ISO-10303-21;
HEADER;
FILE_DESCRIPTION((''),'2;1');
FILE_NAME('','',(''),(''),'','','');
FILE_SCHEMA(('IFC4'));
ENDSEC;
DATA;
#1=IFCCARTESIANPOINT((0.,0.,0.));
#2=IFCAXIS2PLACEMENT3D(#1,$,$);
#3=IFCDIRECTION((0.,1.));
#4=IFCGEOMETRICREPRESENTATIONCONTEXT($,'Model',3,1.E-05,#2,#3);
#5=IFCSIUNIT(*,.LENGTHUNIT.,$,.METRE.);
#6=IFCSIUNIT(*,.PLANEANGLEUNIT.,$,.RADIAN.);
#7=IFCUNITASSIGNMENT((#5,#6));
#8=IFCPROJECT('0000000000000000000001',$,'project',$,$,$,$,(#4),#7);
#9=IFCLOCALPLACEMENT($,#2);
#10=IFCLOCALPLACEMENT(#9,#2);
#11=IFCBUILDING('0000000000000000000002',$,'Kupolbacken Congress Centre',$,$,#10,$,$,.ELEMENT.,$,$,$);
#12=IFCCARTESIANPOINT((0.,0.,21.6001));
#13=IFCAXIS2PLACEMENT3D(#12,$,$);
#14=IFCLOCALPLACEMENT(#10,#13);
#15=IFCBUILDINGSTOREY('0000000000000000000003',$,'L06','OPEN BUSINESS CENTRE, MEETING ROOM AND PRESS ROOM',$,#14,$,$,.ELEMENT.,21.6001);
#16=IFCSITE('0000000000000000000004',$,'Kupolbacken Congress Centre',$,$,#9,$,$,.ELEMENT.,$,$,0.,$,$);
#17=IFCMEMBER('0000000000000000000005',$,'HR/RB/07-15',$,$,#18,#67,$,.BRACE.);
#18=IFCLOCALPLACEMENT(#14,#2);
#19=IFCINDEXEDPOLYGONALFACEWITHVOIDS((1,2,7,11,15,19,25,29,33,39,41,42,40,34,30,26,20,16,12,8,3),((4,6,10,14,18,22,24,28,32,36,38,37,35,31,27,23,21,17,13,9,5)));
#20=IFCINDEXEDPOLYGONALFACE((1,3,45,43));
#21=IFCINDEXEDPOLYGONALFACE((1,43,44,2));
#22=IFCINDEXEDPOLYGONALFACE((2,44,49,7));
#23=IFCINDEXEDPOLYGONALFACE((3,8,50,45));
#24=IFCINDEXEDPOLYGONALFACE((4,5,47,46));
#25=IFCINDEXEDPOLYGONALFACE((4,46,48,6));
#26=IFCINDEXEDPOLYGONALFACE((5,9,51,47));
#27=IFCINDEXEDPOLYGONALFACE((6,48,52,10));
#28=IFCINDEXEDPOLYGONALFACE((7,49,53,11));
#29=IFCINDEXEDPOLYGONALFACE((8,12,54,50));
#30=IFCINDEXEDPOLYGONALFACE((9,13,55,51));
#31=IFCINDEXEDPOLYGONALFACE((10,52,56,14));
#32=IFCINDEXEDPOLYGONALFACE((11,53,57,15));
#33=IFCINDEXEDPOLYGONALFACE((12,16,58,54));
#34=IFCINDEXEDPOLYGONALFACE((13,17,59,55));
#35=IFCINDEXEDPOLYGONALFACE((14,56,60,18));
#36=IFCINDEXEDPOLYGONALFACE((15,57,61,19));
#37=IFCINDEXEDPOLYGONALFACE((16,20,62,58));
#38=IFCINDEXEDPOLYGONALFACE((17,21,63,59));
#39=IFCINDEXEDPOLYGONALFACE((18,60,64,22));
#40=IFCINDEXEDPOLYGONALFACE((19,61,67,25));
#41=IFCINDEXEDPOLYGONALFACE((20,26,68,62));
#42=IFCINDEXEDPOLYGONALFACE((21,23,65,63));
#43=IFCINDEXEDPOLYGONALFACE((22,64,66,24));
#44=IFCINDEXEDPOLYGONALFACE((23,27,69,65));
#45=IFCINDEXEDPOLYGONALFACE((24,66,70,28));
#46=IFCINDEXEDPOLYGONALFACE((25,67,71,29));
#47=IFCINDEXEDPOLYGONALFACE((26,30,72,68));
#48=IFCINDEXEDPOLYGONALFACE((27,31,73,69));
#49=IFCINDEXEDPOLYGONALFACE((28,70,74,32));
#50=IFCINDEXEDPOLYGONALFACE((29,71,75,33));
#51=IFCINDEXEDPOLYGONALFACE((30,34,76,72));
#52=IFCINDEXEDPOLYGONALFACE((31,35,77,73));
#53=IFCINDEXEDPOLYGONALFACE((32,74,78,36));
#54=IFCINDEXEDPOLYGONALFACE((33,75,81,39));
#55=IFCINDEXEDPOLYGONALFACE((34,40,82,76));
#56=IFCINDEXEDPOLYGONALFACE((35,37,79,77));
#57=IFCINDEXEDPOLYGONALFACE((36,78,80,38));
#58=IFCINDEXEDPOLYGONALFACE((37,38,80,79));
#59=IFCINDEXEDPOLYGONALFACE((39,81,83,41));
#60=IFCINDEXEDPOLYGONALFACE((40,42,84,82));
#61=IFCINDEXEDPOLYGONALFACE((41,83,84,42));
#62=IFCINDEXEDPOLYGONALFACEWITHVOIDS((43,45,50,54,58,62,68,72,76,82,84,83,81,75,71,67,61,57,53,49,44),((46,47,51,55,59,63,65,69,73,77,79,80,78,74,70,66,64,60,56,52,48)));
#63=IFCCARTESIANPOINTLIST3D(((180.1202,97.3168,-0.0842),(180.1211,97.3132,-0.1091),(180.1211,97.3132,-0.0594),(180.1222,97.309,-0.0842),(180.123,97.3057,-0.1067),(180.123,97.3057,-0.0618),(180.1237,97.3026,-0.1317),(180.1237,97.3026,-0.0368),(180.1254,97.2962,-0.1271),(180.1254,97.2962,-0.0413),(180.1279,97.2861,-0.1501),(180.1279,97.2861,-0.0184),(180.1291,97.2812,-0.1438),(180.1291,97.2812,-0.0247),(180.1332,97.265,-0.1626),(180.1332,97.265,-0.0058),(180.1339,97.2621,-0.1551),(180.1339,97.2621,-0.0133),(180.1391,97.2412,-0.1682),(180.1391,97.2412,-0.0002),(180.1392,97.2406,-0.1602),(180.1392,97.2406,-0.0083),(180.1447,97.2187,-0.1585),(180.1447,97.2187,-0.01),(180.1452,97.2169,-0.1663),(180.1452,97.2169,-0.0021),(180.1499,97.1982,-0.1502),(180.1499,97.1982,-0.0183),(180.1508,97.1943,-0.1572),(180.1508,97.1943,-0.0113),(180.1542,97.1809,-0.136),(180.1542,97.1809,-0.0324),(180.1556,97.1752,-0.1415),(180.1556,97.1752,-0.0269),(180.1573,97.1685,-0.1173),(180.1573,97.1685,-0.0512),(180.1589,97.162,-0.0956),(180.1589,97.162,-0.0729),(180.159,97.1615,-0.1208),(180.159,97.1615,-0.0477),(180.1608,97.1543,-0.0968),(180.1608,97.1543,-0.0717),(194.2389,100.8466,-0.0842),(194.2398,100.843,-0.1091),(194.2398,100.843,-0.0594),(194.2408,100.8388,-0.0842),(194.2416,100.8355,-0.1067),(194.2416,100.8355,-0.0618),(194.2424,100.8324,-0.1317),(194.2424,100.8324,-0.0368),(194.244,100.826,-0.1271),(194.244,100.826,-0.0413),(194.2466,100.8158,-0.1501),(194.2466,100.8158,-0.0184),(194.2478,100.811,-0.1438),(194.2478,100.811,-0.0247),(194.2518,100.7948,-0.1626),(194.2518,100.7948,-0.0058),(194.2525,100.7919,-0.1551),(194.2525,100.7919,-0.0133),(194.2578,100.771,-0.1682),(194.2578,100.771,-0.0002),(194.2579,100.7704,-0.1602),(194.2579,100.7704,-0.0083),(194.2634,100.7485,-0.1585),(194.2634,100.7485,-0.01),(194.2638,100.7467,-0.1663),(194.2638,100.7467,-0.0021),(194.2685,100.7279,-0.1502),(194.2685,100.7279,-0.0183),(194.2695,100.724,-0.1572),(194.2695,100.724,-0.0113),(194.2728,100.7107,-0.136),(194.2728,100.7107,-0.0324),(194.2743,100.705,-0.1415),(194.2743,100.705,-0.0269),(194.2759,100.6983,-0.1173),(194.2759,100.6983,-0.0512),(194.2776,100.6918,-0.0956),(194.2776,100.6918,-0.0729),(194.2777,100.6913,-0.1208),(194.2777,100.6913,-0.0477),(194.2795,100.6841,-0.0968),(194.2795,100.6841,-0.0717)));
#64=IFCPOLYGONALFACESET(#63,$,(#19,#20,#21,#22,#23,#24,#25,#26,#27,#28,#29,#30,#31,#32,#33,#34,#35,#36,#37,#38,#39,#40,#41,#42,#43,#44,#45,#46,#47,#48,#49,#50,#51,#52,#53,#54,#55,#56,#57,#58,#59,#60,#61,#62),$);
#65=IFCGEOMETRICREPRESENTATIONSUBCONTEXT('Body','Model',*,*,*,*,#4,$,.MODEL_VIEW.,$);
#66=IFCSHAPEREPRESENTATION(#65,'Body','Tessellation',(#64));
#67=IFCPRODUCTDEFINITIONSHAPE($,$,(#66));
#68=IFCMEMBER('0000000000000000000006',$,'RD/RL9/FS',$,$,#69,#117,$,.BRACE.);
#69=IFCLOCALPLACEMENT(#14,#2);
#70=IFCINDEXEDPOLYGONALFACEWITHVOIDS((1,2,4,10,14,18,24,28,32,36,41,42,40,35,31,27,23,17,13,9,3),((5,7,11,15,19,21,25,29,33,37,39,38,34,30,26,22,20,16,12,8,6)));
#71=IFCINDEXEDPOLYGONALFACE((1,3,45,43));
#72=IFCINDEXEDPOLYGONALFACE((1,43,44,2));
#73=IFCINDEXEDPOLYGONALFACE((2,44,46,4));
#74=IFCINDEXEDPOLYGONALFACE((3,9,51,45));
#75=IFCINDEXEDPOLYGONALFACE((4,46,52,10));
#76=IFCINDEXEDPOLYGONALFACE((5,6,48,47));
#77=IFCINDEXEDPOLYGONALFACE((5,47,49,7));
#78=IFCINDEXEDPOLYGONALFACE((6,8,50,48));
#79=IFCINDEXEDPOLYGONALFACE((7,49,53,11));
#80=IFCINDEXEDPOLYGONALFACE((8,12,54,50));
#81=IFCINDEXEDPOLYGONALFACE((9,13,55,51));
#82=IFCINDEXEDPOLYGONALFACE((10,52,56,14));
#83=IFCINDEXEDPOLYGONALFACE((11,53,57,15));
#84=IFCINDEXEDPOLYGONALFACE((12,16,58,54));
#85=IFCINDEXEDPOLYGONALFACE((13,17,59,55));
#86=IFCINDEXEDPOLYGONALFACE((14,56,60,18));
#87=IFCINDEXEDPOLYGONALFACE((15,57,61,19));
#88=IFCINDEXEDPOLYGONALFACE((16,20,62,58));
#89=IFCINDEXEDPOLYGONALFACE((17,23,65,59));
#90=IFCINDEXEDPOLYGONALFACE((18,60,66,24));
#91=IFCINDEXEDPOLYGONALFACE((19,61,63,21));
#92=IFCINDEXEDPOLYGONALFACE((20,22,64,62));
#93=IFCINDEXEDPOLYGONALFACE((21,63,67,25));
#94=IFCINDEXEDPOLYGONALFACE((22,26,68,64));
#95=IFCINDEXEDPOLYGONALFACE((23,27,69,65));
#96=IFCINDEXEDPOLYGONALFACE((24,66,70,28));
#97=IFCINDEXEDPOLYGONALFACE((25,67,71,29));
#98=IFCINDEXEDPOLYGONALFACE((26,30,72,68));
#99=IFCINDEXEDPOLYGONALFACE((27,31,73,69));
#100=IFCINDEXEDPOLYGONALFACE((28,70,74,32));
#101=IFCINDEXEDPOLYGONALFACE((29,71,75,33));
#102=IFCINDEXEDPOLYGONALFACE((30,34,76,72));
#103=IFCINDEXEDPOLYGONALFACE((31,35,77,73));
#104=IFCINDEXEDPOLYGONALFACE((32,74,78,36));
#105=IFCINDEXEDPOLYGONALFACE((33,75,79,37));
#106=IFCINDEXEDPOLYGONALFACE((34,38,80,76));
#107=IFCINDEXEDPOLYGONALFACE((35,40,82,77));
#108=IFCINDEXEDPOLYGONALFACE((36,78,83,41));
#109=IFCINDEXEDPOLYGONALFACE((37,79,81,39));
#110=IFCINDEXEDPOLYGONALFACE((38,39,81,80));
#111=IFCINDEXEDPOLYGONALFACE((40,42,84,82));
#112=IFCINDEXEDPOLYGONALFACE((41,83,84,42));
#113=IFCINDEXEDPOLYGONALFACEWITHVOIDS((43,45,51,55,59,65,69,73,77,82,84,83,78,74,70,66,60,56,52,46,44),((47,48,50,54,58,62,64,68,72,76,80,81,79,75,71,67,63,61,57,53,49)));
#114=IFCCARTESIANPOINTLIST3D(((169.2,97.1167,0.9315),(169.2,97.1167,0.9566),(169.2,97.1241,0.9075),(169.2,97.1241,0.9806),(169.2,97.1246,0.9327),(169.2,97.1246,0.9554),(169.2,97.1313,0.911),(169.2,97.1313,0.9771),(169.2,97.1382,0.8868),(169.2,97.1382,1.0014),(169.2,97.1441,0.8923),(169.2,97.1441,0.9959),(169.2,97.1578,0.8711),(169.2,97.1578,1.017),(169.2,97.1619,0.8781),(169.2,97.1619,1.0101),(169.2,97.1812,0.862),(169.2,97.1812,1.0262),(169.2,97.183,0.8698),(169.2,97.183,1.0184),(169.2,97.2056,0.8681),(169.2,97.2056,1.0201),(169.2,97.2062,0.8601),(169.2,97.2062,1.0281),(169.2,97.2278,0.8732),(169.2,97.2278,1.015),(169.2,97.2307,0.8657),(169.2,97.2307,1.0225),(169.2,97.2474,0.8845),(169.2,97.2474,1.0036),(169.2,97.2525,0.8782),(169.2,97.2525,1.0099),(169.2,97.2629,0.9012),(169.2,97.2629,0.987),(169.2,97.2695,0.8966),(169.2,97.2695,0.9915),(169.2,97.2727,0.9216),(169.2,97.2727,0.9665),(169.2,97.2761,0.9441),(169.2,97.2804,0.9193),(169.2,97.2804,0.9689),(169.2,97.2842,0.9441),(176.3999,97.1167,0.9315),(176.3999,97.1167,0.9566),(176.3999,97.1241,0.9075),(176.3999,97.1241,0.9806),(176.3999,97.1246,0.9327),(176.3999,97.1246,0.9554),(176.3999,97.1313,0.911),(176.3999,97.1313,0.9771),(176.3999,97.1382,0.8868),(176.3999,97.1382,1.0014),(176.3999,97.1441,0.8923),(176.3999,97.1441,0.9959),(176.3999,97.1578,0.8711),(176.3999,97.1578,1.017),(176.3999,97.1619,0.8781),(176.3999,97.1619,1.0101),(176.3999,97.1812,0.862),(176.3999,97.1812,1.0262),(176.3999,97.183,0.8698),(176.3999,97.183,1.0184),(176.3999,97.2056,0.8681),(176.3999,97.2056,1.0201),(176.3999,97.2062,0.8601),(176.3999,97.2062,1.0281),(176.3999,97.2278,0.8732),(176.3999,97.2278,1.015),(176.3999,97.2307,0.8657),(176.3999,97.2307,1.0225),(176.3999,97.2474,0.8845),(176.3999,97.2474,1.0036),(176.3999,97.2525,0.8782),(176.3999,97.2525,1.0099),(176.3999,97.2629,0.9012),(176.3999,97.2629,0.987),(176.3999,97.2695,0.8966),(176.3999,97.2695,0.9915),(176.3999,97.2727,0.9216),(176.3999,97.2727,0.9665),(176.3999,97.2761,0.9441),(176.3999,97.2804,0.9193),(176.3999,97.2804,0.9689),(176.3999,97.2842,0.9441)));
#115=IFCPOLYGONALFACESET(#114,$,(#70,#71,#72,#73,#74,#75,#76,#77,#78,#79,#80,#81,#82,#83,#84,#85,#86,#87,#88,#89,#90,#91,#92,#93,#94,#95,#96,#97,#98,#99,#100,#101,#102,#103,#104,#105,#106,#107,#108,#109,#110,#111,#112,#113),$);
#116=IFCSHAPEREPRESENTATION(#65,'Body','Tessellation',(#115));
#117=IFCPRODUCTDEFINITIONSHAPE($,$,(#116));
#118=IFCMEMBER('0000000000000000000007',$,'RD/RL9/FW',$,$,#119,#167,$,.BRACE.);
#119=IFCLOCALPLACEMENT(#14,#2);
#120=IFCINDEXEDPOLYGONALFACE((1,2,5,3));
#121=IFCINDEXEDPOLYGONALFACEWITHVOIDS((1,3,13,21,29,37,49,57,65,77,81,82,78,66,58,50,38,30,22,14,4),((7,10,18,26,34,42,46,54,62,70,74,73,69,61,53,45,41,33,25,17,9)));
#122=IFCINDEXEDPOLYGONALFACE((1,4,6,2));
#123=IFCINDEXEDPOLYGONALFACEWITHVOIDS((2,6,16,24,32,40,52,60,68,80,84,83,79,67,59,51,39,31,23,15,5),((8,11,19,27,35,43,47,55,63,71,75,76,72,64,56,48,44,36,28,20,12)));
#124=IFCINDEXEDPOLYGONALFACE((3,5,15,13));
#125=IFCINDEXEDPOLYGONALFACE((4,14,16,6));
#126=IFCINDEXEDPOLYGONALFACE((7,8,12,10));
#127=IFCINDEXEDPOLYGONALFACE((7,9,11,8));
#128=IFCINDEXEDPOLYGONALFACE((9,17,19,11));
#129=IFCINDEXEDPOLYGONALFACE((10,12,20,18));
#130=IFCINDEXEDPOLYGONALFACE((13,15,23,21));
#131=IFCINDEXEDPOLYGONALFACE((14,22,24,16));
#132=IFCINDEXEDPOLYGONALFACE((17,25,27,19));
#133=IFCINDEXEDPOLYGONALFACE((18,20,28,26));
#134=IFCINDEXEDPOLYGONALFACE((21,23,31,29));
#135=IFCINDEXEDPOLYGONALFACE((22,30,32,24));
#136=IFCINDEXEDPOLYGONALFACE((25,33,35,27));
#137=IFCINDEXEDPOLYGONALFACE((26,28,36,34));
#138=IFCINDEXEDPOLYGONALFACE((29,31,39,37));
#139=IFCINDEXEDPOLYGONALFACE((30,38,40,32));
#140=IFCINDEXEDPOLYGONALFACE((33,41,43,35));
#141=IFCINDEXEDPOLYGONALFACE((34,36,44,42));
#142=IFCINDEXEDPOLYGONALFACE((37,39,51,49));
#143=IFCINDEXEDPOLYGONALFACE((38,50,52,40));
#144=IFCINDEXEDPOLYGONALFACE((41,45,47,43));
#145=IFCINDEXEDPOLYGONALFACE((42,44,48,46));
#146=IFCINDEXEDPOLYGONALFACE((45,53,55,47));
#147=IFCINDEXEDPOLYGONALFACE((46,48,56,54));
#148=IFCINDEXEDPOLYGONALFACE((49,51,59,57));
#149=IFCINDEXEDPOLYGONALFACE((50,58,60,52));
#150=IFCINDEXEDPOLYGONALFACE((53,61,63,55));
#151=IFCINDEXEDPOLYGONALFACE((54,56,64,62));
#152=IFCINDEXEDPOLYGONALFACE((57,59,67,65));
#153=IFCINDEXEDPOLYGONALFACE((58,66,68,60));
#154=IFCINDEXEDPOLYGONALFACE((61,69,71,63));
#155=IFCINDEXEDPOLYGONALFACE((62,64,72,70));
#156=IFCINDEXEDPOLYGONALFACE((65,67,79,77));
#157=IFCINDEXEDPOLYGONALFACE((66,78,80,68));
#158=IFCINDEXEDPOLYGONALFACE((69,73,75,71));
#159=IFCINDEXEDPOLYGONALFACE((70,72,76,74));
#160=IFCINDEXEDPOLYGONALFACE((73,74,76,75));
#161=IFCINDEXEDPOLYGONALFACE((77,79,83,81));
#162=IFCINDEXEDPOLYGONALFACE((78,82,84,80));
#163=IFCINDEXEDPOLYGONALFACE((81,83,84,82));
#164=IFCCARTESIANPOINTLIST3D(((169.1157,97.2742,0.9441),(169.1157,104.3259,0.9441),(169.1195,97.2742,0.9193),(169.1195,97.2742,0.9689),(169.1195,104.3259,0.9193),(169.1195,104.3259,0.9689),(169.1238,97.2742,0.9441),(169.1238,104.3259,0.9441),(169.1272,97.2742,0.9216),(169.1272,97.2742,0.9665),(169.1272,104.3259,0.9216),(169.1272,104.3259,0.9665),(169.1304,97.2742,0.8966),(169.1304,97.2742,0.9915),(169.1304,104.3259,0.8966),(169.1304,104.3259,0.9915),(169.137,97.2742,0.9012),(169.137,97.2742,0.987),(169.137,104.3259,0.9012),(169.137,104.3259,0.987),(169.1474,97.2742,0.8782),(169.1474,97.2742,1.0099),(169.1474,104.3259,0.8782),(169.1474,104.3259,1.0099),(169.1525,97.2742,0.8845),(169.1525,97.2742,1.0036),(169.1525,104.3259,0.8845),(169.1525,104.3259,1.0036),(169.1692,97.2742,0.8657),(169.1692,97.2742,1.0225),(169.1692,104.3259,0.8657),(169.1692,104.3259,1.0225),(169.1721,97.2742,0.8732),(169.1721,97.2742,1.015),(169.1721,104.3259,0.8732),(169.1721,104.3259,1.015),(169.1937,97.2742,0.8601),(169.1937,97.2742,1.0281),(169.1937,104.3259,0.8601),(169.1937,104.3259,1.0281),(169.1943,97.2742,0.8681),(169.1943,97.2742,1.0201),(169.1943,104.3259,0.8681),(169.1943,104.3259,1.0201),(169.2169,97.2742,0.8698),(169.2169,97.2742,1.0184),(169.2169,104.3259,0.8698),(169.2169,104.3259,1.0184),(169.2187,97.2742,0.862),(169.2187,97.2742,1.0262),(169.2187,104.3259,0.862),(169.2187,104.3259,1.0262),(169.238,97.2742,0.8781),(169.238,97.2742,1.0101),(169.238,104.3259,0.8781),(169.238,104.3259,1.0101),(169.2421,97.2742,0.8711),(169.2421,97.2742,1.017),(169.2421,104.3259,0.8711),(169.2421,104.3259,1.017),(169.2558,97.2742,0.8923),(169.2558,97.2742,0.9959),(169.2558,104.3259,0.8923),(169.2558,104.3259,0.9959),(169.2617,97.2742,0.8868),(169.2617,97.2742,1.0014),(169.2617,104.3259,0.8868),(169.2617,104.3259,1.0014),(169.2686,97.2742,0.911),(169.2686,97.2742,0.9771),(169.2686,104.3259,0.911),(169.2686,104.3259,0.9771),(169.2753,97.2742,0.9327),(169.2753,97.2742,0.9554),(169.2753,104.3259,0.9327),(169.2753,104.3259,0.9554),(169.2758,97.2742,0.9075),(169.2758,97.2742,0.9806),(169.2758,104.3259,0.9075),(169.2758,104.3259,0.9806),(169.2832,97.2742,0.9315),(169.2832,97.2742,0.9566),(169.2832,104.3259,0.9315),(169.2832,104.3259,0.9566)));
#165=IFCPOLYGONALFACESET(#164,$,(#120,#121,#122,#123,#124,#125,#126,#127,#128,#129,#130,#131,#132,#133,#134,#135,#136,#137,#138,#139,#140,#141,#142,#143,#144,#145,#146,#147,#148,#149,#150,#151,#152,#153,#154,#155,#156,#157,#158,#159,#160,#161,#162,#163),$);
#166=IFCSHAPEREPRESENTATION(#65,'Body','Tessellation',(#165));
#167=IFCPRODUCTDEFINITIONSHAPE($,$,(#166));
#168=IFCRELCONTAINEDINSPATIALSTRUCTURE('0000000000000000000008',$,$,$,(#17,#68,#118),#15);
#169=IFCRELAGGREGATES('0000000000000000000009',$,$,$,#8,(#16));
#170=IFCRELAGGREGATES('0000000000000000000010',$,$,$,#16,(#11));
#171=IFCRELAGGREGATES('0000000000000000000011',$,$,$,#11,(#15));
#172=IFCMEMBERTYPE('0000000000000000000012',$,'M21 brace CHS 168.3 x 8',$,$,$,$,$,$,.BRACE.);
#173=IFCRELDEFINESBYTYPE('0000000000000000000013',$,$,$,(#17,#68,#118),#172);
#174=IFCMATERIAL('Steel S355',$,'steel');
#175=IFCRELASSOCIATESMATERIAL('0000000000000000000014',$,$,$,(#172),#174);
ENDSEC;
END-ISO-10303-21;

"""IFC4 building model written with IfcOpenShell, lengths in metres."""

from ifc_helpers import new_model, si_unit, direction, frame, origin, origin_2d, place, context, subcontext, project, spatial, hollow_circle, extrude, material, material_profile, profile_set, type_object, element, save


model = new_model("IFC4")

# Units and contexts
model_context = context("Model", 3, precision=1e-05, world=origin(), true_north=direction((0.0, 1.0)))
body_context = subcontext(model_context, "Body", "Model", "MODEL_VIEW")
ifc_project = project(units=[si_unit("LENGTHUNIT", "METRE"), si_unit("PLANEANGLEUNIT", "RADIAN")], contexts=[model_context])

# Site, building, storey
site_placement = place(None, origin())
site = spatial("IfcSite", under=ifc_project, at=site_placement, Name="Kupolbacken Congress Centre", CompositionType="ELEMENT", RefElevation=0.0)
building_placement = place(site_placement, origin())
building = spatial("IfcBuilding", under=site, at=building_placement, Name="Kupolbacken Congress Centre", CompositionType="ELEMENT")
storey_placement = place(building_placement, frame((0.0, 0.0, 21.6001)))
storey = spatial("IfcBuildingStorey", under=building, at=storey_placement, Name="L06", Description="OPEN BUSINESS CENTRE, MEETING ROOM AND PRESS ROOM", CompositionType="ELEMENT", Elevation=21.6001)

# Members
ifc_material_1 = material(Name="Steel S355", Category="steel")
ifc_material_profile_1 = material_profile(ifc_material_1, hollow_circle(Radius=0.0842, WallThickness=0.0081, at=origin_2d()), Name="CHS 168.3 x 8")
ifc_profile_set_1 = profile_set([ifc_material_profile_1], Name="Steel S355")
member_type_1 = type_object("IfcMemberType", Name="M21 brace CHS 168.3 x 8", PredefinedType="BRACE", material=ifc_profile_set_1)
for number, where, z_axis, x_axis, name in (
    (1, (180.1406, 97.2351, -0.0842), (0.970141, 0.242544, 0.0), (-0.242544, 0.970141, 0.0), "HR/RB/07-15"),
):
    element("IfcMember", number, at=place(storey_placement, frame(where, z_axis=z_axis, x_axis=x_axis)), inside=storey, type_object=member_type_1, Name=name, PredefinedType="BRACE", context=body_context, shape_type="SweptSolid", body=[
        extrude(hollow_circle(Radius=0.0842, WallThickness=0.0081, at=origin_2d()), origin(), (0.0, 0.0, 1.0), 14.5532),
    ])
member_1_placement = place(storey_placement, frame((169.2, 97.2, 0.9441), z_axis=(1.0, 0.0, 0.0), x_axis=(0.0, 1.0, 0.0)))
element("IfcMember", 2, at=member_1_placement, inside=storey, type_object=member_type_1, Name="RD/RL9/FS", PredefinedType="BRACE", context=body_context, shape_type="SweptSolid", body=[
    extrude(hollow_circle(Radius=0.0842, WallThickness=0.0081, at=origin_2d()), origin(), (0.0, 0.0, 1.0), 7.2),
])
for number, where, z_axis, x_axis, name in (
    (3, (169.2, 97.2742, 0.9441), (0.0, 1.0, 0.0), (-1.0, 0.0, 0.0), "RD/RL9/FW"),
):
    element("IfcMember", number, at=place(storey_placement, frame(where, z_axis=z_axis, x_axis=x_axis)), inside=storey, type_object=member_type_1, Name=name, PredefinedType="BRACE", context=body_context, shape_type="SweptSolid", body=[
        extrude(hollow_circle(Radius=0.0842, WallThickness=0.0081, at=origin_2d()), origin(), (0.0, 0.0, 1.0), 7.0518),
    ])

save(model, "model.ifc")
